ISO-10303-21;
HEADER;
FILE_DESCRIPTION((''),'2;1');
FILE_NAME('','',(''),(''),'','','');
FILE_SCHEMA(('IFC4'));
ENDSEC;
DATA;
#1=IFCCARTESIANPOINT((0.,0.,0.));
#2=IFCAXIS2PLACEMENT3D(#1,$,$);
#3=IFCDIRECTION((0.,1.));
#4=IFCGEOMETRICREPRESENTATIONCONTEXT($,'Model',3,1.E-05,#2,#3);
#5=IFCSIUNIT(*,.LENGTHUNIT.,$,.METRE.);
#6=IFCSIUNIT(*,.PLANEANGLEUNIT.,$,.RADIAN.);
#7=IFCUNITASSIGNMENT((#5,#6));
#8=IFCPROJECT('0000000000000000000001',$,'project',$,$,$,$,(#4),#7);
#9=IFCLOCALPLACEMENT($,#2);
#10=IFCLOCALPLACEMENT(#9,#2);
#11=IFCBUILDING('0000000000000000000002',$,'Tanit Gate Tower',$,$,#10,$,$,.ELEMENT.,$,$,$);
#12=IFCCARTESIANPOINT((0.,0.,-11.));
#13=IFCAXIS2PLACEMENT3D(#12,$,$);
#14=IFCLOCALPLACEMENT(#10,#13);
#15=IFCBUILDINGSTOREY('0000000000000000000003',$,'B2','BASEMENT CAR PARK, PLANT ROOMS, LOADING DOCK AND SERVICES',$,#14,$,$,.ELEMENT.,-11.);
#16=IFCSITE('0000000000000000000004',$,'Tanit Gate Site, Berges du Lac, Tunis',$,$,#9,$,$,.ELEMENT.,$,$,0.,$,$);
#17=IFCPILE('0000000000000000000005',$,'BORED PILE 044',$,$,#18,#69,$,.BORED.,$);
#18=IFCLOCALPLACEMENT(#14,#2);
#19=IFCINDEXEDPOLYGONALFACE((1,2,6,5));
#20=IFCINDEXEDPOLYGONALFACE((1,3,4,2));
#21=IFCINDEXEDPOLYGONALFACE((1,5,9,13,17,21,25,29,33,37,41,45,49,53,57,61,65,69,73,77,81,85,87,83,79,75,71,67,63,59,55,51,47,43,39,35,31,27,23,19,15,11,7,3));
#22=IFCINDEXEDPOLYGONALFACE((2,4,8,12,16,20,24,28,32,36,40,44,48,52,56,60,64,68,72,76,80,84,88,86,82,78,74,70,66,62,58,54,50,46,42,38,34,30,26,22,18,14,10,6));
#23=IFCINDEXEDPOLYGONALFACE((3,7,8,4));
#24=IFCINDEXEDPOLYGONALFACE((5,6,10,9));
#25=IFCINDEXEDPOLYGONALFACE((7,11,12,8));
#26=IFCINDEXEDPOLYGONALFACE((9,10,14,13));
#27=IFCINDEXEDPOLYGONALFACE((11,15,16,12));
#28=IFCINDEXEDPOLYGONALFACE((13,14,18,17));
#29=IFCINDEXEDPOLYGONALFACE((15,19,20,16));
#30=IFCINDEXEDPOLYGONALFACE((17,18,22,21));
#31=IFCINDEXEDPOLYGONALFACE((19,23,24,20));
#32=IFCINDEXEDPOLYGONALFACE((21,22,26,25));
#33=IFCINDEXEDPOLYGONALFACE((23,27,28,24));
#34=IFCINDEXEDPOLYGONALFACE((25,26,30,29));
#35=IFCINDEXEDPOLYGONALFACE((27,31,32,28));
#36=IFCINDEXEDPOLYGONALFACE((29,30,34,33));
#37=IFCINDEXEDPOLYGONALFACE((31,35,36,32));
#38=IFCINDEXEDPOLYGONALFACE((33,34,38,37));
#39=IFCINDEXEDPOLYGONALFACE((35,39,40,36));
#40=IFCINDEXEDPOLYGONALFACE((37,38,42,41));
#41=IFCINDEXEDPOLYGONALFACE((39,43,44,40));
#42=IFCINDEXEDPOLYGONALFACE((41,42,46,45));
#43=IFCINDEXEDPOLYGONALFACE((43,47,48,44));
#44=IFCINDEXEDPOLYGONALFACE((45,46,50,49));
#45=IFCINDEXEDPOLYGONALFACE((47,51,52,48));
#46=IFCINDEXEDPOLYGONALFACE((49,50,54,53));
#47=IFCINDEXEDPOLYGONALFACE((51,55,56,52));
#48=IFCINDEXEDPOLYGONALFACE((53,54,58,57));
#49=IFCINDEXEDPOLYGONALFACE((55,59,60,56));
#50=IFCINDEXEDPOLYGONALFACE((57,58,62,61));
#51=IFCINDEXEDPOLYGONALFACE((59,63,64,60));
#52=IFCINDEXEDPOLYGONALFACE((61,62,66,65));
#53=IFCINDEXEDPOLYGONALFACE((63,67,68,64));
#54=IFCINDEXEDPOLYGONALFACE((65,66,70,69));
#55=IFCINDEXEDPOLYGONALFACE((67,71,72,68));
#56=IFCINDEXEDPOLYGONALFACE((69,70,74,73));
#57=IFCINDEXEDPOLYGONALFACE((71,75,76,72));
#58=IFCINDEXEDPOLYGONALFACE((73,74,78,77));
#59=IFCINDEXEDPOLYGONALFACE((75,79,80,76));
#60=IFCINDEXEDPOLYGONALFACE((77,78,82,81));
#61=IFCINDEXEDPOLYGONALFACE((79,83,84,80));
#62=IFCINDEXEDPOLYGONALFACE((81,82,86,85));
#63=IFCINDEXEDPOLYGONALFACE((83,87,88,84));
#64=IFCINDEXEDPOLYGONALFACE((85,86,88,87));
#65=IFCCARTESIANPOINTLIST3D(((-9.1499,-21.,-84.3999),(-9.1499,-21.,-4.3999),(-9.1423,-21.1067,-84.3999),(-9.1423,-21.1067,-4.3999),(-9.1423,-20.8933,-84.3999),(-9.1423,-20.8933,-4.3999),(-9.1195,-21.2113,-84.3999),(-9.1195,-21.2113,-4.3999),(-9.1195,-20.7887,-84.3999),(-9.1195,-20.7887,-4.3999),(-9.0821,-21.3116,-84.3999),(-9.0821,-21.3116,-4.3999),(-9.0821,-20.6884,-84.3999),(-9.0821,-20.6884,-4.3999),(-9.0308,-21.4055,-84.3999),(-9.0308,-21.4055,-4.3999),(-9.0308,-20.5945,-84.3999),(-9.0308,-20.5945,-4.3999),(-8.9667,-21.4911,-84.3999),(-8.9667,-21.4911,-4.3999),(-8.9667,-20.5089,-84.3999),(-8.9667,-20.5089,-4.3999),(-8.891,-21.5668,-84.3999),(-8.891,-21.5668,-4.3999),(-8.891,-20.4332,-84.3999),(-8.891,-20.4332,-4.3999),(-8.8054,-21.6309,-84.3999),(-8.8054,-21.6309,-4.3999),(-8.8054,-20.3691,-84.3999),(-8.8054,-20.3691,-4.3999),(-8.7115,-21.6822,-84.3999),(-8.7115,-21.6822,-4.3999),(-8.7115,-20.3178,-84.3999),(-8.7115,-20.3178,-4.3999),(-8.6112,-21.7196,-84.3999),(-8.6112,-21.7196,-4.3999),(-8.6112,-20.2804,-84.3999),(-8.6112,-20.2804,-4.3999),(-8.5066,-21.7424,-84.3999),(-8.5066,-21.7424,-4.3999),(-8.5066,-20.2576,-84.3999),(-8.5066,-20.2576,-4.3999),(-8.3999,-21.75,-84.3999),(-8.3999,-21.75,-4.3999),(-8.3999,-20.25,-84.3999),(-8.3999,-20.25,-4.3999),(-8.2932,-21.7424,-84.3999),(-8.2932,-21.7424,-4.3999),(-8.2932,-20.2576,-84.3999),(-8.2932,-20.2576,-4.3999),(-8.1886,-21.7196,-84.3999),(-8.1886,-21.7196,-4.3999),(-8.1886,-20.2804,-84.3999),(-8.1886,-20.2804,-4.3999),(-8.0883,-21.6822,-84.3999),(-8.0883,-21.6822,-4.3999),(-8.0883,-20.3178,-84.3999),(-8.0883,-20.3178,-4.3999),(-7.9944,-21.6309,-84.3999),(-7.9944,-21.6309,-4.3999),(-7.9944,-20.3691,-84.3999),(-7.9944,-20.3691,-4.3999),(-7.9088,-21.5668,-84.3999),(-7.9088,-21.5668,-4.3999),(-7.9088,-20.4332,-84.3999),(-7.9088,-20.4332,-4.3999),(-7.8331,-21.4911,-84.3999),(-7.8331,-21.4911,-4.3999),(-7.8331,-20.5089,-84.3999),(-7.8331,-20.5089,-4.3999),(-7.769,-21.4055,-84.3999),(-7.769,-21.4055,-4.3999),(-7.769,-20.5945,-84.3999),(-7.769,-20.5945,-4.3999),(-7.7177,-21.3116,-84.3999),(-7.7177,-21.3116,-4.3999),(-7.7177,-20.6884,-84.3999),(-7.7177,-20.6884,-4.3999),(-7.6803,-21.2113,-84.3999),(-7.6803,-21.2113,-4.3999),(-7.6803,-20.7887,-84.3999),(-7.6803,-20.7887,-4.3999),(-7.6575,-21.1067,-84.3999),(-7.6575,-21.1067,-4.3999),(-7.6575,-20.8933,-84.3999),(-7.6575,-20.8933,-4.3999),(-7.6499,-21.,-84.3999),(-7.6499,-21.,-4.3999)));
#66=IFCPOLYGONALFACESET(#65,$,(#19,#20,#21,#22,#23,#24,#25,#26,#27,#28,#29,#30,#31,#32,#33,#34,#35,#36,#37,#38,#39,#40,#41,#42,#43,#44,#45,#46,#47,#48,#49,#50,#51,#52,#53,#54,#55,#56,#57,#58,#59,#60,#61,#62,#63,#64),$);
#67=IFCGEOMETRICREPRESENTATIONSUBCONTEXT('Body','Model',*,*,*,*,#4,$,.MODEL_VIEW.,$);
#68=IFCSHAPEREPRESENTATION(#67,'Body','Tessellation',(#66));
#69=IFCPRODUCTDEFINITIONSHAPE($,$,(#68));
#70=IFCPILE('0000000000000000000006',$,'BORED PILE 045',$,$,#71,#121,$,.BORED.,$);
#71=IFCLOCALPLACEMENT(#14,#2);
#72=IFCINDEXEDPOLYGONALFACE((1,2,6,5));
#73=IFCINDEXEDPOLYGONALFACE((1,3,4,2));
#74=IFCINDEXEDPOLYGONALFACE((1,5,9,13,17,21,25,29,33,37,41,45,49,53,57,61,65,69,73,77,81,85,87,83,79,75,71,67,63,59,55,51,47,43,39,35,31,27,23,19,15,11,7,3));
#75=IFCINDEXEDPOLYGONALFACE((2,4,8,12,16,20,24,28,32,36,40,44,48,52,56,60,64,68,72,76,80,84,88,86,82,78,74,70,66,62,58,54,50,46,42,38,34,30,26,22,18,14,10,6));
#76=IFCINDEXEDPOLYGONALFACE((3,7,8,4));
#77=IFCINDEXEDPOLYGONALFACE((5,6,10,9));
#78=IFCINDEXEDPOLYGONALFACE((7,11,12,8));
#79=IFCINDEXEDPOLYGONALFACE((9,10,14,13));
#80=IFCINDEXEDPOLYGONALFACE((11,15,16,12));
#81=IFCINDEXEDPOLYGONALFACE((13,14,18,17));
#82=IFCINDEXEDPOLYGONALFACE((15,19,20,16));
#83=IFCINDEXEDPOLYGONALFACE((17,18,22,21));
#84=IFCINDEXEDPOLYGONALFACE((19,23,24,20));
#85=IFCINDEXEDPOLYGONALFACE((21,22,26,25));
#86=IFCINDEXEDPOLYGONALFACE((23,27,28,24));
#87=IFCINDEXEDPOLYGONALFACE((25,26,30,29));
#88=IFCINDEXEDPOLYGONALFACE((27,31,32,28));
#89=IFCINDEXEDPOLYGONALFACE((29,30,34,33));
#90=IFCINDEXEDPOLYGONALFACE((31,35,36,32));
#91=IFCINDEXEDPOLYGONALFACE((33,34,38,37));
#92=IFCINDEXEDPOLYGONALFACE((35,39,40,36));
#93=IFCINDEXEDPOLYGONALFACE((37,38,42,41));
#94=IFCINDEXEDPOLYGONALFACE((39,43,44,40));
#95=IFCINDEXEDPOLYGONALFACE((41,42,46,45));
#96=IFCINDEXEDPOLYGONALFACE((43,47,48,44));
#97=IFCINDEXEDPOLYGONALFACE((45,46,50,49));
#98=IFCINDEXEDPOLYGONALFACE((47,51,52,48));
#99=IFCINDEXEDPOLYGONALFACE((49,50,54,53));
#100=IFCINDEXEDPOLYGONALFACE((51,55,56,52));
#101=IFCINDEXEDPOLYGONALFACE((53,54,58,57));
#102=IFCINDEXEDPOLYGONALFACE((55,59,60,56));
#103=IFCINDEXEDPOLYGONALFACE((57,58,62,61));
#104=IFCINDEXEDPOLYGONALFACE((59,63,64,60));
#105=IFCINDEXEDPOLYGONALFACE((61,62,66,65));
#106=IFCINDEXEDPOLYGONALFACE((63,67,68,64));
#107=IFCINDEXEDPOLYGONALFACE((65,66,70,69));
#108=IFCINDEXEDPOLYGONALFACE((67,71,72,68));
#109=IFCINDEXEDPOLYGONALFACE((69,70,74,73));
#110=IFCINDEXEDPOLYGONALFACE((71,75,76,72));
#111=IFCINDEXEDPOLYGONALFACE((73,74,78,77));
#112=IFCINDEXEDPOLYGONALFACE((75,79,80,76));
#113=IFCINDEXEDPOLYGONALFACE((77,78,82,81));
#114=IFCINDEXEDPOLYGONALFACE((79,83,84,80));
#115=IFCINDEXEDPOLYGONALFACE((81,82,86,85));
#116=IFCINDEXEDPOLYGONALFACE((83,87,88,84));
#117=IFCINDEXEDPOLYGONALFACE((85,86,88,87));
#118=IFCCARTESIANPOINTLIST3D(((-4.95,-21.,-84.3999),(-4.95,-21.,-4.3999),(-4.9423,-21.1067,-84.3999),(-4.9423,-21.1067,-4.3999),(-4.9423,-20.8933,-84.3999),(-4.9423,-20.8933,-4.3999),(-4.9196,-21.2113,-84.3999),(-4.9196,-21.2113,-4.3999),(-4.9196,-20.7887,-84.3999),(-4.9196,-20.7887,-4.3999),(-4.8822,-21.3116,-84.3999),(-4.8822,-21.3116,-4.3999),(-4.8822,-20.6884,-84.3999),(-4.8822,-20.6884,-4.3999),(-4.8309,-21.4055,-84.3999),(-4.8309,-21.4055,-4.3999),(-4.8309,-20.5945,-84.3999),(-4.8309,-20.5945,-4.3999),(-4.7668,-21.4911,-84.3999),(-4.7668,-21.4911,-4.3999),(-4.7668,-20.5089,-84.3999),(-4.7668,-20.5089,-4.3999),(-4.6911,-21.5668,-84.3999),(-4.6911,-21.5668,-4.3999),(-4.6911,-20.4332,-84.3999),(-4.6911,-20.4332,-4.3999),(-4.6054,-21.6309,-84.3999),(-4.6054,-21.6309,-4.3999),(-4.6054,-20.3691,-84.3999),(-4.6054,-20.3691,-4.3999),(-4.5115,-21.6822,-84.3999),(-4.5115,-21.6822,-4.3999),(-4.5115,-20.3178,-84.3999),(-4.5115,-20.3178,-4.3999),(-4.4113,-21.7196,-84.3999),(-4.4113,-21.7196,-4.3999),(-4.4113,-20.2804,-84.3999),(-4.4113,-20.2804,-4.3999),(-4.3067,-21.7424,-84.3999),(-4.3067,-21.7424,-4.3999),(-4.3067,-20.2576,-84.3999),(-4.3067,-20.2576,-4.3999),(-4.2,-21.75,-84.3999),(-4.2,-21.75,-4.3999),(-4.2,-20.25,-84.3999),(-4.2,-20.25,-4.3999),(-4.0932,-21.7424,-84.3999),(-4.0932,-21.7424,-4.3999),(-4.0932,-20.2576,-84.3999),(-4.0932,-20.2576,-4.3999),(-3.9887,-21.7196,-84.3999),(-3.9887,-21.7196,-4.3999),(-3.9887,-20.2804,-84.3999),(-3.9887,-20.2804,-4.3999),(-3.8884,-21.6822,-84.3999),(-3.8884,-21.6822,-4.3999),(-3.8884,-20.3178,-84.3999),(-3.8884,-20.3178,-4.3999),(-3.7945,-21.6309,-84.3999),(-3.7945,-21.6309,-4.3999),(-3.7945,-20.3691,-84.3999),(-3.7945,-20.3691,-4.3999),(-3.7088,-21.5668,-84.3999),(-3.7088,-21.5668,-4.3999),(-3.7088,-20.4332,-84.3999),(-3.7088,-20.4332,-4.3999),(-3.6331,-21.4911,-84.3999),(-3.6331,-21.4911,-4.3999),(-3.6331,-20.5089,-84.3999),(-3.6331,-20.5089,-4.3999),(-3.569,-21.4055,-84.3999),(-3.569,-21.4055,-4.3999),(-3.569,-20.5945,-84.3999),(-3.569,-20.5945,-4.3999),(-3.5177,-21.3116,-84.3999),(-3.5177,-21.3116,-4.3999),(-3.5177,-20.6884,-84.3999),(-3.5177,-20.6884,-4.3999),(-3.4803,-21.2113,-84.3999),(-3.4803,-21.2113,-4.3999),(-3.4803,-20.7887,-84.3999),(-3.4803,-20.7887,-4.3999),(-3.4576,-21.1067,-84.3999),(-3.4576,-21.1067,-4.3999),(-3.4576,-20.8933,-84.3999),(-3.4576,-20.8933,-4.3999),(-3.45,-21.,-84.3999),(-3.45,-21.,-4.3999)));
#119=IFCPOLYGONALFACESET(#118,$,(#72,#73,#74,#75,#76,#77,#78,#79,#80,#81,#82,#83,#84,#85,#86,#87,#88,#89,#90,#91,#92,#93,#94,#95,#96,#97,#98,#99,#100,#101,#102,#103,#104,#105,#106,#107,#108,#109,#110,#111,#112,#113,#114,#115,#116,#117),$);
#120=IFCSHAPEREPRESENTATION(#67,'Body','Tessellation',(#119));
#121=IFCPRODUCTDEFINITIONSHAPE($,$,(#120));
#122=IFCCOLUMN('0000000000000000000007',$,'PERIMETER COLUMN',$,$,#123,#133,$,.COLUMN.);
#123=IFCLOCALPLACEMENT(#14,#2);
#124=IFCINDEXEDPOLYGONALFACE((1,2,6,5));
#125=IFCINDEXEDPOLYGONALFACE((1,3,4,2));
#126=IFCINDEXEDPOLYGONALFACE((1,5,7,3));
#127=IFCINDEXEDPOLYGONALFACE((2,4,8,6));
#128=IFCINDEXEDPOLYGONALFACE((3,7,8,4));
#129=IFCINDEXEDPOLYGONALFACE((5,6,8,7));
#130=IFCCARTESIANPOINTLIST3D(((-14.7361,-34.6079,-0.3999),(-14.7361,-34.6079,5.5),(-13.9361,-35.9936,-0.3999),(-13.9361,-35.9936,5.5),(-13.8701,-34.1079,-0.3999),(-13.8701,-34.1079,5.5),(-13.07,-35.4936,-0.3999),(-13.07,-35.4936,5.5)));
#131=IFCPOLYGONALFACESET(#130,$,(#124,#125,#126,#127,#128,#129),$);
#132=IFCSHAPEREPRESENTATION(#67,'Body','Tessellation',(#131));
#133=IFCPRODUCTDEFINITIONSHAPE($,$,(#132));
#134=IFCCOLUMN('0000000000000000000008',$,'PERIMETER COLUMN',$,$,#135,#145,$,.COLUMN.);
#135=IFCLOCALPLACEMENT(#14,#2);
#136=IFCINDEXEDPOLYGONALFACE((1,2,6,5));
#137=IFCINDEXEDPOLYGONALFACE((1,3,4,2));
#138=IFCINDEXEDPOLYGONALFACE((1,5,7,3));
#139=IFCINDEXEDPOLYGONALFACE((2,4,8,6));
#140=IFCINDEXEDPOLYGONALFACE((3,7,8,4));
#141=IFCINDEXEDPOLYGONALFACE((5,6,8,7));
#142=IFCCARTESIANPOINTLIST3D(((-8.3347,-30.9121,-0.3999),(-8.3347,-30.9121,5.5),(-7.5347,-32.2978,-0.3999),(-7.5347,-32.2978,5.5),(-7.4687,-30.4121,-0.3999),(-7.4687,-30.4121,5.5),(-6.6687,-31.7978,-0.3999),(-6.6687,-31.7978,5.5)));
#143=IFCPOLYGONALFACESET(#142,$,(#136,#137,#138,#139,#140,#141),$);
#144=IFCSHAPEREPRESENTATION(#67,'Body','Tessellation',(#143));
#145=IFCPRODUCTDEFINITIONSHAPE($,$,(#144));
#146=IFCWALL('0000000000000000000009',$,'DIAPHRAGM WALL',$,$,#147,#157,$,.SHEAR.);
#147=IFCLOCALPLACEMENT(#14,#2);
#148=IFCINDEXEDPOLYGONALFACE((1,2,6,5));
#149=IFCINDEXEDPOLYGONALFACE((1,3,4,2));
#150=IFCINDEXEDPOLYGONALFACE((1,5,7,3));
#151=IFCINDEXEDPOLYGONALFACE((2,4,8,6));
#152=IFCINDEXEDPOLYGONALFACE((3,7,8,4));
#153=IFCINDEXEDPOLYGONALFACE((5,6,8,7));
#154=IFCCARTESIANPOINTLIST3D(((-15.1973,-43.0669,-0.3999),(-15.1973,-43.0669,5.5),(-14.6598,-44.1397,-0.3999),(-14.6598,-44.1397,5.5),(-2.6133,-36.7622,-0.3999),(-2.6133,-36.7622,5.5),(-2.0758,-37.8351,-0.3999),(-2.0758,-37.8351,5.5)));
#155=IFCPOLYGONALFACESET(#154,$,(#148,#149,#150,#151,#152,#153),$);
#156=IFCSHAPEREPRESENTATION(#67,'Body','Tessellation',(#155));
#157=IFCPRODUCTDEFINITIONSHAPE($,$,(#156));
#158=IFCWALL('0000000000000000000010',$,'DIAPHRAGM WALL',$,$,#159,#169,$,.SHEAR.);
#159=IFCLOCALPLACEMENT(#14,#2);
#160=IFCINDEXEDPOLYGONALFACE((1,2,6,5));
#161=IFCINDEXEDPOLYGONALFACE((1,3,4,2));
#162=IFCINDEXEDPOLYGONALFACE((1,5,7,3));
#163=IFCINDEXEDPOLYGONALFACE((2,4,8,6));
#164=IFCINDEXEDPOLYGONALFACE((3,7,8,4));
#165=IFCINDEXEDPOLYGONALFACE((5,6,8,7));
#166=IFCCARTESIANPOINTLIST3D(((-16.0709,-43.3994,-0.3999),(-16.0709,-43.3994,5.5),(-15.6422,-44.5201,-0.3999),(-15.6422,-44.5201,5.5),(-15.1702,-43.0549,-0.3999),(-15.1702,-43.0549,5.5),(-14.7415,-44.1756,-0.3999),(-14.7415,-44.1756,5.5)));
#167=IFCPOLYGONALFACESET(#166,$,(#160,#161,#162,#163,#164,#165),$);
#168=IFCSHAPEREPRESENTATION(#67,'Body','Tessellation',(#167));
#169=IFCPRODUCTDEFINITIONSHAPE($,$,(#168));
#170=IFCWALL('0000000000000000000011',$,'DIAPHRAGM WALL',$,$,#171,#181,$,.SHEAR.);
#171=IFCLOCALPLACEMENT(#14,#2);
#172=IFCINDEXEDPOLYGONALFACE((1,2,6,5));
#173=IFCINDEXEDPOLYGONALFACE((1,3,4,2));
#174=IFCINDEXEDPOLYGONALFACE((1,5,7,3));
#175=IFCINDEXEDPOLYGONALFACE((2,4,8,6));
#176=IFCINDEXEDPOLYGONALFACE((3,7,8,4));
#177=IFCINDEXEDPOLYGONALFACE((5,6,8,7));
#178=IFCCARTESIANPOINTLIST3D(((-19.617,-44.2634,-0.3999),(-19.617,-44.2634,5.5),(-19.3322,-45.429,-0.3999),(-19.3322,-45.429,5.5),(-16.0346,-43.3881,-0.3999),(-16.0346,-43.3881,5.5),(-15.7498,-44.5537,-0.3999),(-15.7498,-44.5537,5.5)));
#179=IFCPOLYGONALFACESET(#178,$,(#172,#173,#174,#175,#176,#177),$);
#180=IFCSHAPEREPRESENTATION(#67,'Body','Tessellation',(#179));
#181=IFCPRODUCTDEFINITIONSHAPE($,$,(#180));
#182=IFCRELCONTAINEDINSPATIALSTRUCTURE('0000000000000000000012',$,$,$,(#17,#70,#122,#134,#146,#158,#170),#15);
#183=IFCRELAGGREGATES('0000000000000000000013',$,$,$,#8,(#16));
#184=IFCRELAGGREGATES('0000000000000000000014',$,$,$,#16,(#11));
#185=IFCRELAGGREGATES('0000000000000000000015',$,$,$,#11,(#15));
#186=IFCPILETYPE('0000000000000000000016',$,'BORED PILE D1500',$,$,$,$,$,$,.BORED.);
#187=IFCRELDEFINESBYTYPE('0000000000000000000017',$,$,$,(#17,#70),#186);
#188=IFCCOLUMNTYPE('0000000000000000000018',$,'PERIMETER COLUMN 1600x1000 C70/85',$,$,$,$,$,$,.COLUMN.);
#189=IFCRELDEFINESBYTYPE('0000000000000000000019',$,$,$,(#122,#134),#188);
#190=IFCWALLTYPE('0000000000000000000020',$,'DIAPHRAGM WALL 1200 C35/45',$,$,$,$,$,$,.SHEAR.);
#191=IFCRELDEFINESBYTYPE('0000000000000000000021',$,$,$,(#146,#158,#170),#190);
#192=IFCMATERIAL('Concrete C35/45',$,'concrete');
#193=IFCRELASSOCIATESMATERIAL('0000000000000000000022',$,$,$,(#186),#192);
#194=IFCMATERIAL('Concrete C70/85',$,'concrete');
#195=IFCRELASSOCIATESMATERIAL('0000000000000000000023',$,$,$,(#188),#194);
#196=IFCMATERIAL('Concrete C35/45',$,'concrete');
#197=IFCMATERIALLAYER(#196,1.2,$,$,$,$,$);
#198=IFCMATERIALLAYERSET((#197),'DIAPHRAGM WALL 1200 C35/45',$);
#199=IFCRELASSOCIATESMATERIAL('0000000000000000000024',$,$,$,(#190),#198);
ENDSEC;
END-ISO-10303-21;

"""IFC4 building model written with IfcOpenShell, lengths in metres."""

from ifc_helpers import new_model, si_unit, direction, frame, frame_2d, origin, origin_2d, place, context, subcontext, project, spatial, rectangle, circle, extrude, material, layer, layer_set, material_profile, profile_set, type_object, element, save


model = new_model("IFC4")

# Units and contexts
model_context = context("Model", 3, precision=1e-05, world=origin(), true_north=direction((0.0, 1.0)))
body_context = subcontext(model_context, "Body", "Model", "MODEL_VIEW")
ifc_project = project(units=[si_unit("LENGTHUNIT", "METRE"), si_unit("PLANEANGLEUNIT", "RADIAN")], contexts=[model_context])

# Site, building, storey
site_placement = place(None, origin())
site = spatial("IfcSite", under=ifc_project, at=site_placement, Name="Tanit Gate Site, Berges du Lac, Tunis", CompositionType="ELEMENT", RefElevation=0.0)
building_placement = place(site_placement, origin())
building = spatial("IfcBuilding", under=site, at=building_placement, Name="Tanit Gate Tower", CompositionType="ELEMENT")
storey_placement = place(building_placement, frame((0.0, 0.0, -11.0)))
storey = spatial("IfcBuildingStorey", under=building, at=storey_placement, Name="B2", Description="BASEMENT CAR PARK, PLANT ROOMS, LOADING DOCK AND SERVICES", CompositionType="ELEMENT", Elevation=-11.0)

# Piles
ifc_material_1 = material(Name="Concrete C35/45", Category="concrete")
ifc_material_profile_1 = material_profile(ifc_material_1, circle(Radius=0.75, at=origin_2d()), Name="BORED PILE D1500 C35/45")
ifc_profile_set_1 = profile_set([ifc_material_profile_1], Name="Concrete C35/45")
pile_type = type_object("IfcPileType", Name="BORED PILE D1500", PredefinedType="BORED", material=ifc_profile_set_1)
for number, where, z_axis, x_axis, name in (
    (1, (-8.3999, -21.0, -4.3999), (0.0, 0.0, -1.0), (1.0, 0.0, 0.0), "BORED PILE 044"),
    (2, (-4.2, -21.0, -4.3999), (0.0, 0.0, -1.0), (1.0, 0.0, 0.0), "BORED PILE 045"),
):
    element("IfcPile", number, at=place(storey_placement, frame(where, z_axis=z_axis, x_axis=x_axis)), inside=storey, type_object=pile_type, Name=name, PredefinedType="BORED", context=body_context, shape_type="SweptSolid", body=[
        extrude(circle(Radius=0.75, at=origin_2d()), origin(), (0.0, 0.0, 1.0), 80.0),
    ])

# Columns
ifc_material_2 = material(Name="Concrete C70/85", Category="concrete")
ifc_material_profile_2 = material_profile(ifc_material_2, rectangle(XDim=1.6001, YDim=1.0, at=origin_2d()), Name="RC 1600x1000")
ifc_profile_set_2 = profile_set([ifc_material_profile_2], Name="Concrete C70/85")
column_type = type_object("IfcColumnType", Name="PERIMETER COLUMN 1600x1000 C70/85", PredefinedType="COLUMN", material=ifc_profile_set_2)
for number, where, z_axis, x_axis, name in (
    (3, (-13.9031, -35.0508, -0.3999), (0.0, 0.0, 1.0), (0.5, -0.866025, 0.0), "PERIMETER COLUMN"),
    (4, (-7.5017, -31.355, -0.3999), (0.0, 0.0, 1.0), (0.5, -0.866025, 0.0), "PERIMETER COLUMN"),
):
    element("IfcColumn", number, at=place(storey_placement, frame(where, z_axis=z_axis, x_axis=x_axis)), inside=storey, type_object=column_type, Name=name, PredefinedType="COLUMN", context=body_context, shape_type="SweptSolid", body=[
        extrude(rectangle(XDim=1.6001, YDim=1.0, at=origin_2d()), origin(), (0.0, 0.0, 1.0), 5.8999),
    ])

# Walls
ifc_material_3 = material(Name="Concrete C35/45", Category="concrete")
ifc_layer_1 = layer(ifc_material_3, 1.2)
ifc_layer_set_1 = layer_set([ifc_layer_1], Name="DIAPHRAGM WALL 1200 C35/45")
wall_type_1 = type_object("IfcWallType", Name="DIAPHRAGM WALL 1200 C35/45", PredefinedType="SHEAR", material=ifc_layer_set_1)
wall_1_placement = place(storey_placement, frame((-2.3445, -37.2986, -0.3999), z_axis=(0.0, 0.0, 1.0), x_axis=(-0.894066, -0.447935, 0.0)))
element("IfcWall", 5, at=wall_1_placement, inside=storey, type_object=wall_type_1, Name="DIAPHRAGM WALL", PredefinedType="SHEAR", context=body_context, shape_type="SweptSolid", body=[
    extrude(rectangle(XDim=14.075, YDim=1.2, at=frame_2d((7.0376, 0.0))), origin(), (0.0, 0.0, 1.0), 5.8999),
])
wall_2_placement = place(storey_placement, frame((-14.9558, -43.6152, -0.3999), z_axis=(0.0, 0.0, 1.0), x_axis=(-0.93401, -0.357248, 0.0)))
element("IfcWall", 6, at=wall_2_placement, inside=storey, type_object=wall_type_1, Name="DIAPHRAGM WALL", PredefinedType="SHEAR", context=body_context, shape_type="SweptSolid", body=[
    extrude(rectangle(XDim=0.9644, YDim=1.2, at=frame_2d((0.4822, 0.0))), origin(), (0.0, 0.0, 1.0), 5.8999),
])
wall_3_placement = place(storey_placement, frame((-15.8923, -43.9709, -0.3999), z_axis=(0.0, 0.0, 1.0), x_axis=(-0.971425, -0.237345, 0.0)))
element("IfcWall", 7, at=wall_3_placement, inside=storey, type_object=wall_type_1, Name="DIAPHRAGM WALL", PredefinedType="SHEAR", context=body_context, shape_type="SweptSolid", body=[
    extrude(rectangle(XDim=3.6877, YDim=1.2, at=frame_2d((1.8438, 0.0))), origin(), (0.0, 0.0, 1.0), 5.8999),
])

save(model, "model.ifc")
